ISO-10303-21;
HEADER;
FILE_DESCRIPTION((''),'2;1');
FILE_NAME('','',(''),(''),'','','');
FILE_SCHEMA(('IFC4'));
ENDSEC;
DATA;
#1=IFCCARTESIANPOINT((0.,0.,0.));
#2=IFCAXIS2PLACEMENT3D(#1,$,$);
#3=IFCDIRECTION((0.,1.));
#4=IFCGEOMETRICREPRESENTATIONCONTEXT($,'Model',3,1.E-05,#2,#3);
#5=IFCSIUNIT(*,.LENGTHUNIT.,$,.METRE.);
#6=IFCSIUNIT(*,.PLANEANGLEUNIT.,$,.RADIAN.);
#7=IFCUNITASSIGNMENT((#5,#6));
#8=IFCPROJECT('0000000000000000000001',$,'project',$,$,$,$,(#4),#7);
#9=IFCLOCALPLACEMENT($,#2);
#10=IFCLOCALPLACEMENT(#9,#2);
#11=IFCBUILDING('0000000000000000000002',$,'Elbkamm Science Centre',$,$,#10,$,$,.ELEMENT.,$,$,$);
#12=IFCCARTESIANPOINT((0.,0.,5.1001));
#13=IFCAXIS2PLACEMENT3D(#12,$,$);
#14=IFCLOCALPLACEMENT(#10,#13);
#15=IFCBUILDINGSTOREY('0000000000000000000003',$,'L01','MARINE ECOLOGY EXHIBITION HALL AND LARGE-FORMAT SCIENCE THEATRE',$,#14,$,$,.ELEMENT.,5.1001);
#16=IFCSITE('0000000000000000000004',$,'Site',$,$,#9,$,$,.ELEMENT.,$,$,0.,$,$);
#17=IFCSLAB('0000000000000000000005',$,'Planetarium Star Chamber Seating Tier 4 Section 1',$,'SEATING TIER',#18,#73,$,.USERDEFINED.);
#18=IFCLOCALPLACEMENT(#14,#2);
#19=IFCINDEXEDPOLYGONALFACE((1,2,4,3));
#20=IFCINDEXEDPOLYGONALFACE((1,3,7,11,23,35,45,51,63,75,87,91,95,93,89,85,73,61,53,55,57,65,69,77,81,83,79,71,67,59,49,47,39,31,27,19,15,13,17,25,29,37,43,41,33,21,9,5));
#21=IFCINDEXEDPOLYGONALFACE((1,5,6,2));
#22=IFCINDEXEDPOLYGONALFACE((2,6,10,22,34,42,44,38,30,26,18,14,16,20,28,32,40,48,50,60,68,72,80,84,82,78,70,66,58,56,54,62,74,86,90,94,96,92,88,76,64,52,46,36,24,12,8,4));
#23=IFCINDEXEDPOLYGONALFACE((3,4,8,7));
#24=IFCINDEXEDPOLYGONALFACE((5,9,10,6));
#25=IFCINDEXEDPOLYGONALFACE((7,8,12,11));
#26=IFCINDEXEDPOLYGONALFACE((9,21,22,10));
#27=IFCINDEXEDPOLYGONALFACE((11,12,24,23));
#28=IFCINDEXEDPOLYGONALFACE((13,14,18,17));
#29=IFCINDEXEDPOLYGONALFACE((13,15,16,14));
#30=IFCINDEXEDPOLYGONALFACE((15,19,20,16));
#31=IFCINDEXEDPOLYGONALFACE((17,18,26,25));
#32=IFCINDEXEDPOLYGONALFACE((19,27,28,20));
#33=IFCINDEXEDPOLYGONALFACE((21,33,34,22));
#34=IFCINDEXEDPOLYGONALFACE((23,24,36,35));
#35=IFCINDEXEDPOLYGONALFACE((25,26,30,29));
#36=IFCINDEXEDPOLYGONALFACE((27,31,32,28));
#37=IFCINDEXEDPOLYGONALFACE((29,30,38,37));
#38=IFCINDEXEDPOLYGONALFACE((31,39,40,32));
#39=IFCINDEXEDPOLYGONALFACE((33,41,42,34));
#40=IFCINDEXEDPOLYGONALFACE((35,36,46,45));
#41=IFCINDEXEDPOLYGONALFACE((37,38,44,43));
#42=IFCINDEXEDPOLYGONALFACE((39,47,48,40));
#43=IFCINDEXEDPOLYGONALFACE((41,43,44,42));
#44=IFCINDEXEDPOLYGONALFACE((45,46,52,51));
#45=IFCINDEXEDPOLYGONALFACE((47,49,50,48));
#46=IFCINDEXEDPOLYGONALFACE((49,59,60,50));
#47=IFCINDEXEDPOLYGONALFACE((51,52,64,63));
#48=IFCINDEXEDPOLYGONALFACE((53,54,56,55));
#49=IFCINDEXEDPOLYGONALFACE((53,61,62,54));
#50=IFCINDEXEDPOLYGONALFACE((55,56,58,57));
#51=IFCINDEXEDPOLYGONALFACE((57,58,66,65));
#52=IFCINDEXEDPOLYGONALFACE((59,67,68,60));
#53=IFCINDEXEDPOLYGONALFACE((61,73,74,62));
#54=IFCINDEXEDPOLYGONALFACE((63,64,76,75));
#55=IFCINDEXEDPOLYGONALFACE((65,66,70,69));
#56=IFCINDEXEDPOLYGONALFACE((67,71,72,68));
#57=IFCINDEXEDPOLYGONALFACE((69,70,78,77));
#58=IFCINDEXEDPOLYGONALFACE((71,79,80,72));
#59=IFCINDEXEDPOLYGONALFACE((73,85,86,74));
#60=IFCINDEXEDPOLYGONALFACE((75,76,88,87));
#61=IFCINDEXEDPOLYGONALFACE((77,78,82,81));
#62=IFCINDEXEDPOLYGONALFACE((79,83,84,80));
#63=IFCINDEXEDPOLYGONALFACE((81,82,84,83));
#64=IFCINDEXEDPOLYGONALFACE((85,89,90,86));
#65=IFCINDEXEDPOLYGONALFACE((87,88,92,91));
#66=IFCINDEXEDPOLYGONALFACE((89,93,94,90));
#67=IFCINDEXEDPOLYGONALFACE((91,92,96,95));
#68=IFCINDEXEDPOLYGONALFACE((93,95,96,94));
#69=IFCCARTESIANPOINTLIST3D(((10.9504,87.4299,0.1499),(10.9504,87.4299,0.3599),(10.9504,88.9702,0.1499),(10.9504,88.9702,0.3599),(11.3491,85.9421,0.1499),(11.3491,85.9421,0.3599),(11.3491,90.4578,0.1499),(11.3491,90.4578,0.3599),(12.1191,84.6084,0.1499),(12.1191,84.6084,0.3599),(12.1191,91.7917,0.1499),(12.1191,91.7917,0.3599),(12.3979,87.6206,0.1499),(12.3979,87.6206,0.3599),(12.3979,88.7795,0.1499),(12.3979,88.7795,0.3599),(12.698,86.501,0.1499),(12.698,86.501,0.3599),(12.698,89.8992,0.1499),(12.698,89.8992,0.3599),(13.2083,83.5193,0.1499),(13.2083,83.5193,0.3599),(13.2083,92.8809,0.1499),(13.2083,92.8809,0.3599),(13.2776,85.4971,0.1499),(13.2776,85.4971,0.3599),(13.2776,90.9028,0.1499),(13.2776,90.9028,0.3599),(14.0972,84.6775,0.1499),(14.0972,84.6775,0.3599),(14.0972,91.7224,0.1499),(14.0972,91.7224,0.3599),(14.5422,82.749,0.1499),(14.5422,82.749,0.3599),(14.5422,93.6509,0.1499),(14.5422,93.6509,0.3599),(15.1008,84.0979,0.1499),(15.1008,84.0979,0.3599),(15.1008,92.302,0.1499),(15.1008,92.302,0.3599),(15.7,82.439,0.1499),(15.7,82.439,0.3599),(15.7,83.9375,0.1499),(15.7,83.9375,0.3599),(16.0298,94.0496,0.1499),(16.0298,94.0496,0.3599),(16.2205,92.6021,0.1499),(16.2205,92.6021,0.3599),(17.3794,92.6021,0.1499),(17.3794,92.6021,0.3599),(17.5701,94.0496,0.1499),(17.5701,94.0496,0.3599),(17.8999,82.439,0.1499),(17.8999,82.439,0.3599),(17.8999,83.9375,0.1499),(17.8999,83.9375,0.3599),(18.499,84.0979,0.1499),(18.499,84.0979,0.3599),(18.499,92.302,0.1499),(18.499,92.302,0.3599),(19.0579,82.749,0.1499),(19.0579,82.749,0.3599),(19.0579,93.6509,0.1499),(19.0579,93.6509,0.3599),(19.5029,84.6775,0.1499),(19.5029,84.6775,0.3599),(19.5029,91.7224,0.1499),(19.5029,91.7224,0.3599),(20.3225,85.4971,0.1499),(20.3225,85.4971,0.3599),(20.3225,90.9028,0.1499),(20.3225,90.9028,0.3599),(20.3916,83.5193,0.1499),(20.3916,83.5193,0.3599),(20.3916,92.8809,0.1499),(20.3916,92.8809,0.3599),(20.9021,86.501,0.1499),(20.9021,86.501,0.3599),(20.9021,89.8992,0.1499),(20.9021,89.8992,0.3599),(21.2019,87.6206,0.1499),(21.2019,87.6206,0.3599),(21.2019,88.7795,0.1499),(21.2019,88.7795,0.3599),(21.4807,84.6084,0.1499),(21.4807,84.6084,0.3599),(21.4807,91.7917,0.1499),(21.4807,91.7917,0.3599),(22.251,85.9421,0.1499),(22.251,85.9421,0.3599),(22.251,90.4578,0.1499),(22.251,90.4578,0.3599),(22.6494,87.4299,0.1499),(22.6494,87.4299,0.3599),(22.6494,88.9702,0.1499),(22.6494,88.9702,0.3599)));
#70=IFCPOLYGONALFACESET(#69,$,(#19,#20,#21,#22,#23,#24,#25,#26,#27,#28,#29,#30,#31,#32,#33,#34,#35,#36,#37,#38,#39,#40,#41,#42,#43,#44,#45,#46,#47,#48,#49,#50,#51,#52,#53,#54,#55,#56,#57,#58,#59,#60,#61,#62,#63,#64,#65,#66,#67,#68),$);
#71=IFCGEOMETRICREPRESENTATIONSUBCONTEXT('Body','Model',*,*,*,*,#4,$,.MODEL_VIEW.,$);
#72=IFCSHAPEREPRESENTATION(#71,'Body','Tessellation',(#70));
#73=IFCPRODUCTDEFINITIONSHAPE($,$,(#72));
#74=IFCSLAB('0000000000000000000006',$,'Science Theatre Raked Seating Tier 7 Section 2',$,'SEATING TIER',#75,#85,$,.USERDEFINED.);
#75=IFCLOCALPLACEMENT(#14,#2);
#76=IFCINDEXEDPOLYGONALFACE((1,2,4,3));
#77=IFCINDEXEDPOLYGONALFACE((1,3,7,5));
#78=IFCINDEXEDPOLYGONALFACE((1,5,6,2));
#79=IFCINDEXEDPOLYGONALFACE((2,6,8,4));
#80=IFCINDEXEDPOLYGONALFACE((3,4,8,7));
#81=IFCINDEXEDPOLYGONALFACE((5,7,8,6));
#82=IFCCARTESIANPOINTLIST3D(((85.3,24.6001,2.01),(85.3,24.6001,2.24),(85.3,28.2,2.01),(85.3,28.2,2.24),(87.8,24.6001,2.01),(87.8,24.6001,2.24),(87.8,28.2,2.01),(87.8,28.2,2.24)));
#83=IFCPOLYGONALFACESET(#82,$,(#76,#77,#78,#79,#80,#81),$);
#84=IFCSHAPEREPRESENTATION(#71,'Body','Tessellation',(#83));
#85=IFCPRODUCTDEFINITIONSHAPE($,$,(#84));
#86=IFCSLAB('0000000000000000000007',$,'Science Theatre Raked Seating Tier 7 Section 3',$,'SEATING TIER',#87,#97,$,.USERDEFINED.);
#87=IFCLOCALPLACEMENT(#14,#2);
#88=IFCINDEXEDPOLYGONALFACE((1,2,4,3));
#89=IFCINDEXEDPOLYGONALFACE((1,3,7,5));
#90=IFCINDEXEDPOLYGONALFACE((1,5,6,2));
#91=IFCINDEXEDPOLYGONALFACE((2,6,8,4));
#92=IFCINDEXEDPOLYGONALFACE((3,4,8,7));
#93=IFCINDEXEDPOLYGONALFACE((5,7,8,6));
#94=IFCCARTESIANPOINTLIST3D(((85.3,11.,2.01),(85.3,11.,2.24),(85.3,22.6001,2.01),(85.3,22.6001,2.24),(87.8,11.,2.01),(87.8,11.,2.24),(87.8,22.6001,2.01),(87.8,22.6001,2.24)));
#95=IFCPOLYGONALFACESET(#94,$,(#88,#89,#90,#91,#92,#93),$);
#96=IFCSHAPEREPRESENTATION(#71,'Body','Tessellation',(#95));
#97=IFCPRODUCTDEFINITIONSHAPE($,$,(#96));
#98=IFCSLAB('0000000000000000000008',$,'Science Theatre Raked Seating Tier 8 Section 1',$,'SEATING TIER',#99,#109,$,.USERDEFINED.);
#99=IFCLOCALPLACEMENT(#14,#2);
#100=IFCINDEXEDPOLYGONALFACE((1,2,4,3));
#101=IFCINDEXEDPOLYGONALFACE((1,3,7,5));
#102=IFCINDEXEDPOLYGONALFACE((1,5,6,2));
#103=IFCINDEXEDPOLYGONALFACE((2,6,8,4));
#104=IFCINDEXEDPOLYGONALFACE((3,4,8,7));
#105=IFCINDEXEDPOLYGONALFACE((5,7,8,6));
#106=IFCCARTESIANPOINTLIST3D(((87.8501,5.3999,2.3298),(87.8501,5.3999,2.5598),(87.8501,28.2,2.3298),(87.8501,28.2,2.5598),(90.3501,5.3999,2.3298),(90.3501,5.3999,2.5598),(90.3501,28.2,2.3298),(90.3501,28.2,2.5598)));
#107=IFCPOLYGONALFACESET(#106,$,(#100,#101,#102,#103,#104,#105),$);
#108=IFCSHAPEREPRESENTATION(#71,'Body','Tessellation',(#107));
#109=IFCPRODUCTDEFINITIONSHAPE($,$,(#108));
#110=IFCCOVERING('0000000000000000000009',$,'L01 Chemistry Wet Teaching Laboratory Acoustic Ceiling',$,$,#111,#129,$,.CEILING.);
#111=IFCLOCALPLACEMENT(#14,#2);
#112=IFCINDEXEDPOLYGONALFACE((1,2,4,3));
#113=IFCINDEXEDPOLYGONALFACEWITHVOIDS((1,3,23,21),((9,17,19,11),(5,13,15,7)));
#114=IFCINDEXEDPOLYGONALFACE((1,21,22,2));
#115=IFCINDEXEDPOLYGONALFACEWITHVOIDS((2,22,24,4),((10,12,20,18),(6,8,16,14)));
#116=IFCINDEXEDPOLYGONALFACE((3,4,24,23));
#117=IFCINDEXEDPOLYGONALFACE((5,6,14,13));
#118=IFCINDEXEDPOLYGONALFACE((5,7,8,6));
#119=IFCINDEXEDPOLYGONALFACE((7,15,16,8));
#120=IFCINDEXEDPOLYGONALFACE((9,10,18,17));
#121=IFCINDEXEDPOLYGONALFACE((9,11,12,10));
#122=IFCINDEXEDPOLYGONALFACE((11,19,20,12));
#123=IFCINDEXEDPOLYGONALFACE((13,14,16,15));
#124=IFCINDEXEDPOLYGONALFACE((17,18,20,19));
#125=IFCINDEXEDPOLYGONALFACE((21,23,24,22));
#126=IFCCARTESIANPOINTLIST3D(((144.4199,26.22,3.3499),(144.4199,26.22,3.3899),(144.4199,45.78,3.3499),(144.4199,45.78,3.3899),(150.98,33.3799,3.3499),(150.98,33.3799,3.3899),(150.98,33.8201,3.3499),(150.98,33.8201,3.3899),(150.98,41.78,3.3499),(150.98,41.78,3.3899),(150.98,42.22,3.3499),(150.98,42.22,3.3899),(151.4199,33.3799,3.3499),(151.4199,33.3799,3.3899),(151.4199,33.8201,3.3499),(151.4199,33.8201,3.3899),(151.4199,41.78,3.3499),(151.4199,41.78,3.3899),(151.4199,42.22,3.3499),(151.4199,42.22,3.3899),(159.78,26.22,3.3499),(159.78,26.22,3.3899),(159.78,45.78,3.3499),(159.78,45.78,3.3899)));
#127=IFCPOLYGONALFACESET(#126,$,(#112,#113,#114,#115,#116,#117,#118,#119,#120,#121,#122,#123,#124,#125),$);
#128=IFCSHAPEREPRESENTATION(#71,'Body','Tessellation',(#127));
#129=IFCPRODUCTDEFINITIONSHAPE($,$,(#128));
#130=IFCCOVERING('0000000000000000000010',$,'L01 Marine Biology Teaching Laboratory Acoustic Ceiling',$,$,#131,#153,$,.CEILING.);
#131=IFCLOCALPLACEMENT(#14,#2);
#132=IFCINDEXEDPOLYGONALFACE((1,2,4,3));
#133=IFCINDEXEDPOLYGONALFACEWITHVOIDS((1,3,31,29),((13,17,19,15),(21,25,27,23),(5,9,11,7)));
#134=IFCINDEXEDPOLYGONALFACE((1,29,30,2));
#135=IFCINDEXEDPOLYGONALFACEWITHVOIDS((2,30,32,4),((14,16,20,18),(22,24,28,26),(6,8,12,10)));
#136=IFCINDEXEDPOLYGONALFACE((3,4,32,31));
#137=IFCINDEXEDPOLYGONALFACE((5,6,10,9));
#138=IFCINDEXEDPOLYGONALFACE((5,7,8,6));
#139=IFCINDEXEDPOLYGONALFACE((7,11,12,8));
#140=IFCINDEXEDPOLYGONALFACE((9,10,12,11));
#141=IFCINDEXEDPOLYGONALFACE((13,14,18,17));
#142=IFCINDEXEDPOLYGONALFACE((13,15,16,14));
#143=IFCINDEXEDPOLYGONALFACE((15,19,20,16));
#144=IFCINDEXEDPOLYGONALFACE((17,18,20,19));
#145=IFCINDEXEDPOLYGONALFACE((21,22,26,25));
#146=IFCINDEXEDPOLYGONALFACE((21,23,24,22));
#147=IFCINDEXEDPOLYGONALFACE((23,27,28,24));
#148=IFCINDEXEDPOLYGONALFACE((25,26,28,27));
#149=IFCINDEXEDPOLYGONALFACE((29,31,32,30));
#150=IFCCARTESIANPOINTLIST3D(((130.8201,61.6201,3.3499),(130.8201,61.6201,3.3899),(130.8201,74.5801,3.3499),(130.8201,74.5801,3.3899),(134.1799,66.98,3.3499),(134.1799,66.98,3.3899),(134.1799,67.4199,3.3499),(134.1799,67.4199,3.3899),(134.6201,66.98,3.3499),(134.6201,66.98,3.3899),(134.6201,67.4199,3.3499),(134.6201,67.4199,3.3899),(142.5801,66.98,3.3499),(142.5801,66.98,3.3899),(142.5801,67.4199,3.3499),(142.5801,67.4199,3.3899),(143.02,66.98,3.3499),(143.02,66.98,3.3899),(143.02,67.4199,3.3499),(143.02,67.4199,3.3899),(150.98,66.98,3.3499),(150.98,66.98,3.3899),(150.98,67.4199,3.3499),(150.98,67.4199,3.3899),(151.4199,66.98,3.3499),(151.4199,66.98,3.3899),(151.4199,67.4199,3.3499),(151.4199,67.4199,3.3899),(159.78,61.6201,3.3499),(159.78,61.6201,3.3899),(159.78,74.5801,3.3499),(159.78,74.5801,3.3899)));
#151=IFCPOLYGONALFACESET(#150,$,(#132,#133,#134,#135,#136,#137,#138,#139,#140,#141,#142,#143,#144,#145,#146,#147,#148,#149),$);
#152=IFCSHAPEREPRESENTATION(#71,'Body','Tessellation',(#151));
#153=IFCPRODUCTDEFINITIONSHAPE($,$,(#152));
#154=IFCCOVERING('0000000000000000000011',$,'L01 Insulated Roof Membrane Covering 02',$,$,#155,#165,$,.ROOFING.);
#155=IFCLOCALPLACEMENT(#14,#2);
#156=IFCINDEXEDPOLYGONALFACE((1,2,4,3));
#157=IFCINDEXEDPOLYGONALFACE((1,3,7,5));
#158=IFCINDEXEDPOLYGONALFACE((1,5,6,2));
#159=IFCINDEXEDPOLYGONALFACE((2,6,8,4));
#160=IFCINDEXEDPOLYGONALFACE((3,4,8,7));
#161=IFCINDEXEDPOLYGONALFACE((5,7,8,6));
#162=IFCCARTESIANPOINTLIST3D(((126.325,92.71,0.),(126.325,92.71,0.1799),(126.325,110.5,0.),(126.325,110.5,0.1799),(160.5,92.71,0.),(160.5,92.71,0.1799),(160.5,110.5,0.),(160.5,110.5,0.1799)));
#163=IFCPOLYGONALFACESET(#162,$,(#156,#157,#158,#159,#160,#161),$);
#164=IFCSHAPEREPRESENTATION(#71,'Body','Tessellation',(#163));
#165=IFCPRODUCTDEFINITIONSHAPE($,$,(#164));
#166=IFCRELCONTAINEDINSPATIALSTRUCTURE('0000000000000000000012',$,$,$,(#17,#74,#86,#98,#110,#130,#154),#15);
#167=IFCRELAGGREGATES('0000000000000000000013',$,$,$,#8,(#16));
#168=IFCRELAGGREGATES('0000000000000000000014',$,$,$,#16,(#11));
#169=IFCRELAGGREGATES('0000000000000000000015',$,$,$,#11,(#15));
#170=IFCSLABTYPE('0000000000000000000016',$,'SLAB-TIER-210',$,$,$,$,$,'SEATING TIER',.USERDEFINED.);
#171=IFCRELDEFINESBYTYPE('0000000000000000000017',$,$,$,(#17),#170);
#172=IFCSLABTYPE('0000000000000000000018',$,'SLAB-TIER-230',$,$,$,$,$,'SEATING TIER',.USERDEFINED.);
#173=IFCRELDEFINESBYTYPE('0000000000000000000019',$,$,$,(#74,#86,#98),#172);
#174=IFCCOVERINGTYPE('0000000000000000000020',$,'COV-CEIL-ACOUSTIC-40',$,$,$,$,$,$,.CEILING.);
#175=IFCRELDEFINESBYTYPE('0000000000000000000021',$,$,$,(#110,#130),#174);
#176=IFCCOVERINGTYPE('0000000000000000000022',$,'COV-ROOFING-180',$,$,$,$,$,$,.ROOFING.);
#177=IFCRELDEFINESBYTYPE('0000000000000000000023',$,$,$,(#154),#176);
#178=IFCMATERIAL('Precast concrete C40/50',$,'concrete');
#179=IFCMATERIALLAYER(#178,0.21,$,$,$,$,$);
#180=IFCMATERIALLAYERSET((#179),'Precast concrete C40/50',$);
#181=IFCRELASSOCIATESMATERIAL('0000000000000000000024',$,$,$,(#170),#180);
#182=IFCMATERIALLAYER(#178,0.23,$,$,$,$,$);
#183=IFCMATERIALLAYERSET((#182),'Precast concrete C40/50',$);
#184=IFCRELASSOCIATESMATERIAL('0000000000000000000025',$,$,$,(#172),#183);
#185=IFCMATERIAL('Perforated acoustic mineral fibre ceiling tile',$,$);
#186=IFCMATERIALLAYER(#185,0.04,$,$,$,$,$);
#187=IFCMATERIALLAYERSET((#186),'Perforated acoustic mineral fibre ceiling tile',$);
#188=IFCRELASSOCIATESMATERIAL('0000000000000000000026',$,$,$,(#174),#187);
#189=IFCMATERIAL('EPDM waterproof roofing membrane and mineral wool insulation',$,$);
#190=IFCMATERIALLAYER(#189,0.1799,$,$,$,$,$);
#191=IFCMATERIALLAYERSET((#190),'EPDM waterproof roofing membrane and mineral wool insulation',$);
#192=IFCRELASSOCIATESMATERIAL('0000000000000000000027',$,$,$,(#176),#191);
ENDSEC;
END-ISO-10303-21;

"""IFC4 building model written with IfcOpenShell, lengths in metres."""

from ifc_helpers import new_model, si_unit, direction, frame, origin, place, context, subcontext, project, spatial, polyline, outline, extrude, material, layer, layer_set, type_object, element, save


model = new_model("IFC4")

# Units and contexts
model_context = context("Model", 3, precision=1e-05, world=origin(), true_north=direction((0.0, 1.0)))
body_context = subcontext(model_context, "Body", "Model", "MODEL_VIEW")
ifc_project = project(units=[si_unit("LENGTHUNIT", "METRE"), si_unit("PLANEANGLEUNIT", "RADIAN")], contexts=[model_context])

# Site, building, storey
site_placement = place(None, origin())
site = spatial("IfcSite", under=ifc_project, at=site_placement, Name="Site", CompositionType="ELEMENT", RefElevation=0.0)
building_placement = place(site_placement, origin())
building = spatial("IfcBuilding", under=site, at=building_placement, Name="Elbkamm Science Centre", CompositionType="ELEMENT")
storey_placement = place(building_placement, frame((0.0, 0.0, 5.1001)))
storey = spatial("IfcBuildingStorey", under=building, at=storey_placement, Name="L01", Description="MARINE ECOLOGY EXHIBITION HALL AND LARGE-FORMAT SCIENCE THEATRE", CompositionType="ELEMENT", Elevation=5.1001)

# Slabs
ifc_material_1 = material(Name="Precast concrete C40/50", Category="concrete")
ifc_layer_1 = layer(ifc_material_1, 0.21)
ifc_layer_set_1 = layer_set([ifc_layer_1], Name="Precast concrete C40/50")
slab_type_1 = type_object("IfcSlabType", Name="SLAB-TIER-210", ElementType="SEATING TIER", PredefinedType="USERDEFINED", material=ifc_layer_set_1)
slab_1_placement = place(storey_placement, frame((0.0, 0.0, 0.1499)))
element("IfcSlab", 1, at=slab_1_placement, inside=storey, type_object=slab_type_1, Name="Planetarium Star Chamber Seating Tier 4 Section 1", ObjectType="SEATING TIER", PredefinedType="USERDEFINED", context=body_context, shape_type="SweptSolid", body=[
    extrude(outline(polyline([(22.251, 85.9421), (21.4807, 84.6084), (20.3916, 83.5193), (19.0579, 82.749), (17.8999, 82.439), (17.8999, 83.9375), (18.499, 84.0979), (19.5029, 84.6775), (20.3225, 85.4971), (20.9021, 86.501), (21.2019, 87.6206), (21.2019, 88.7795), (20.9021, 89.8992), (20.3225, 90.9028), (19.5029, 91.7224), (18.499, 92.302), (17.3794, 92.6021), (16.2205, 92.6021), (15.1008, 92.302), (14.0972, 91.7224), (13.2776, 90.9028), (12.698, 89.8992), (12.3979, 88.7795), (12.3979, 87.6206), (12.698, 86.501), (13.2776, 85.4971), (14.0972, 84.6775), (15.1008, 84.0979), (15.7, 83.9375), (15.7, 82.439), (14.5422, 82.749), (13.2083, 83.5193), (12.1191, 84.6084), (11.3491, 85.9421), (10.9504, 87.4299), (10.9504, 88.9702), (11.3491, 90.4578), (12.1191, 91.7917), (13.2083, 92.8809), (14.5422, 93.6509), (16.0298, 94.0496), (17.5701, 94.0496), (19.0579, 93.6509), (20.3916, 92.8809), (21.4807, 91.7917), (22.251, 90.4578), (22.6494, 88.9702), (22.6494, 87.4299), (22.251, 85.9421)])), origin(), (0.0, 0.0, 1.0), 0.21),
])
ifc_layer_2 = layer(ifc_material_1, 0.23)
ifc_layer_set_2 = layer_set([ifc_layer_2], Name="Precast concrete C40/50")
slab_type_2 = type_object("IfcSlabType", Name="SLAB-TIER-230", ElementType="SEATING TIER", PredefinedType="USERDEFINED", material=ifc_layer_set_2)
slab_2_placement = place(storey_placement, frame((0.0, 0.0, 2.01)))
element("IfcSlab", 2, at=slab_2_placement, inside=storey, type_object=slab_type_2, Name="Science Theatre Raked Seating Tier 7 Section 2", ObjectType="SEATING TIER", PredefinedType="USERDEFINED", context=body_context, shape_type="SweptSolid", body=[
    extrude(outline(polyline([(87.8, 28.2), (87.8, 24.6001), (85.3, 24.6001), (85.3, 28.2), (87.8, 28.2)])), origin(), (0.0, 0.0, 1.0), 0.23),
])
slab_3_placement = place(storey_placement, frame((0.0, 0.0, 2.01)))
element("IfcSlab", 3, at=slab_3_placement, inside=storey, type_object=slab_type_2, Name="Science Theatre Raked Seating Tier 7 Section 3", ObjectType="SEATING TIER", PredefinedType="USERDEFINED", context=body_context, shape_type="SweptSolid", body=[
    extrude(outline(polyline([(87.8, 11.0), (85.3, 11.0), (85.3, 22.6001), (87.8, 22.6001), (87.8, 11.0)])), origin(), (0.0, 0.0, 1.0), 0.23),
])
slab_4_placement = place(storey_placement, frame((0.0, 0.0, 2.3298)))
element("IfcSlab", 4, at=slab_4_placement, inside=storey, type_object=slab_type_2, Name="Science Theatre Raked Seating Tier 8 Section 1", ObjectType="SEATING TIER", PredefinedType="USERDEFINED", context=body_context, shape_type="SweptSolid", body=[
    extrude(outline(polyline([(90.3501, 5.3999), (90.3501, 28.2), (87.8501, 28.2), (87.8501, 5.3999), (90.3501, 5.3999)])), origin(), (0.0, 0.0, 1.0), 0.23),
])

# Coverings
ifc_material_2 = material(Name="Perforated acoustic mineral fibre ceiling tile")
ifc_layer_3 = layer(ifc_material_2, 0.04)
ifc_layer_set_3 = layer_set([ifc_layer_3], Name="Perforated acoustic mineral fibre ceiling tile")
covering_type_1 = type_object("IfcCoveringType", Name="COV-CEIL-ACOUSTIC-40", PredefinedType="CEILING", material=ifc_layer_set_3)
covering_1_placement = place(storey_placement, frame((0.0, 0.0, 3.3499)))
element("IfcCovering", 5, at=covering_1_placement, inside=storey, type_object=covering_type_1, Name="L01 Chemistry Wet Teaching Laboratory Acoustic Ceiling", PredefinedType="CEILING", context=body_context, shape_type="SweptSolid", body=[
    extrude(outline(polyline([(159.78, 26.22), (144.4199, 26.22), (144.4199, 45.78), (159.78, 45.78), (159.78, 26.22)]), holes=[polyline([(151.4199, 33.8201), (150.98, 33.8201), (150.98, 33.3799), (151.4199, 33.3799), (151.4199, 33.8201)]), polyline([(151.4199, 41.78), (151.4199, 42.22), (150.98, 42.22), (150.98, 41.78), (151.4199, 41.78)])]), origin(), (0.0, 0.0, 1.0), 0.04),
])
covering_2_placement = place(storey_placement, frame((0.0, 0.0, 3.3499)))
element("IfcCovering", 6, at=covering_2_placement, inside=storey, type_object=covering_type_1, Name="L01 Marine Biology Teaching Laboratory Acoustic Ceiling", PredefinedType="CEILING", context=body_context, shape_type="SweptSolid", body=[
    extrude(outline(polyline([(159.78, 61.6201), (130.8201, 61.6201), (130.8201, 74.5801), (159.78, 74.5801), (159.78, 61.6201)]), holes=[polyline([(134.6201, 67.4199), (134.1799, 67.4199), (134.1799, 66.98), (134.6201, 66.98), (134.6201, 67.4199)]), polyline([(143.02, 66.98), (143.02, 67.4199), (142.5801, 67.4199), (142.5801, 66.98), (143.02, 66.98)]), polyline([(151.4199, 67.4199), (150.98, 67.4199), (150.98, 66.98), (151.4199, 66.98), (151.4199, 67.4199)])]), origin(), (0.0, 0.0, 1.0), 0.04),
])
ifc_material_3 = material(Name="EPDM waterproof roofing membrane and mineral wool insulation")
ifc_layer_4 = layer(ifc_material_3, 0.1799)
ifc_layer_set_4 = layer_set([ifc_layer_4], Name="EPDM waterproof roofing membrane and mineral wool insulation")
covering_type_2 = type_object("IfcCoveringType", Name="COV-ROOFING-180", PredefinedType="ROOFING", material=ifc_layer_set_4)
covering_3_placement = place(storey_placement, origin())
element("IfcCovering", 7, at=covering_3_placement, inside=storey, type_object=covering_type_2, Name="L01 Insulated Roof Membrane Covering 02", PredefinedType="ROOFING", context=body_context, shape_type="SweptSolid", body=[
    extrude(outline(polyline([(160.5, 110.5), (160.5, 92.71), (126.325, 92.71), (126.325, 110.5), (160.5, 110.5)])), origin(), (0.0, 0.0, 1.0), 0.1799),
])

save(model, "model.ifc")
